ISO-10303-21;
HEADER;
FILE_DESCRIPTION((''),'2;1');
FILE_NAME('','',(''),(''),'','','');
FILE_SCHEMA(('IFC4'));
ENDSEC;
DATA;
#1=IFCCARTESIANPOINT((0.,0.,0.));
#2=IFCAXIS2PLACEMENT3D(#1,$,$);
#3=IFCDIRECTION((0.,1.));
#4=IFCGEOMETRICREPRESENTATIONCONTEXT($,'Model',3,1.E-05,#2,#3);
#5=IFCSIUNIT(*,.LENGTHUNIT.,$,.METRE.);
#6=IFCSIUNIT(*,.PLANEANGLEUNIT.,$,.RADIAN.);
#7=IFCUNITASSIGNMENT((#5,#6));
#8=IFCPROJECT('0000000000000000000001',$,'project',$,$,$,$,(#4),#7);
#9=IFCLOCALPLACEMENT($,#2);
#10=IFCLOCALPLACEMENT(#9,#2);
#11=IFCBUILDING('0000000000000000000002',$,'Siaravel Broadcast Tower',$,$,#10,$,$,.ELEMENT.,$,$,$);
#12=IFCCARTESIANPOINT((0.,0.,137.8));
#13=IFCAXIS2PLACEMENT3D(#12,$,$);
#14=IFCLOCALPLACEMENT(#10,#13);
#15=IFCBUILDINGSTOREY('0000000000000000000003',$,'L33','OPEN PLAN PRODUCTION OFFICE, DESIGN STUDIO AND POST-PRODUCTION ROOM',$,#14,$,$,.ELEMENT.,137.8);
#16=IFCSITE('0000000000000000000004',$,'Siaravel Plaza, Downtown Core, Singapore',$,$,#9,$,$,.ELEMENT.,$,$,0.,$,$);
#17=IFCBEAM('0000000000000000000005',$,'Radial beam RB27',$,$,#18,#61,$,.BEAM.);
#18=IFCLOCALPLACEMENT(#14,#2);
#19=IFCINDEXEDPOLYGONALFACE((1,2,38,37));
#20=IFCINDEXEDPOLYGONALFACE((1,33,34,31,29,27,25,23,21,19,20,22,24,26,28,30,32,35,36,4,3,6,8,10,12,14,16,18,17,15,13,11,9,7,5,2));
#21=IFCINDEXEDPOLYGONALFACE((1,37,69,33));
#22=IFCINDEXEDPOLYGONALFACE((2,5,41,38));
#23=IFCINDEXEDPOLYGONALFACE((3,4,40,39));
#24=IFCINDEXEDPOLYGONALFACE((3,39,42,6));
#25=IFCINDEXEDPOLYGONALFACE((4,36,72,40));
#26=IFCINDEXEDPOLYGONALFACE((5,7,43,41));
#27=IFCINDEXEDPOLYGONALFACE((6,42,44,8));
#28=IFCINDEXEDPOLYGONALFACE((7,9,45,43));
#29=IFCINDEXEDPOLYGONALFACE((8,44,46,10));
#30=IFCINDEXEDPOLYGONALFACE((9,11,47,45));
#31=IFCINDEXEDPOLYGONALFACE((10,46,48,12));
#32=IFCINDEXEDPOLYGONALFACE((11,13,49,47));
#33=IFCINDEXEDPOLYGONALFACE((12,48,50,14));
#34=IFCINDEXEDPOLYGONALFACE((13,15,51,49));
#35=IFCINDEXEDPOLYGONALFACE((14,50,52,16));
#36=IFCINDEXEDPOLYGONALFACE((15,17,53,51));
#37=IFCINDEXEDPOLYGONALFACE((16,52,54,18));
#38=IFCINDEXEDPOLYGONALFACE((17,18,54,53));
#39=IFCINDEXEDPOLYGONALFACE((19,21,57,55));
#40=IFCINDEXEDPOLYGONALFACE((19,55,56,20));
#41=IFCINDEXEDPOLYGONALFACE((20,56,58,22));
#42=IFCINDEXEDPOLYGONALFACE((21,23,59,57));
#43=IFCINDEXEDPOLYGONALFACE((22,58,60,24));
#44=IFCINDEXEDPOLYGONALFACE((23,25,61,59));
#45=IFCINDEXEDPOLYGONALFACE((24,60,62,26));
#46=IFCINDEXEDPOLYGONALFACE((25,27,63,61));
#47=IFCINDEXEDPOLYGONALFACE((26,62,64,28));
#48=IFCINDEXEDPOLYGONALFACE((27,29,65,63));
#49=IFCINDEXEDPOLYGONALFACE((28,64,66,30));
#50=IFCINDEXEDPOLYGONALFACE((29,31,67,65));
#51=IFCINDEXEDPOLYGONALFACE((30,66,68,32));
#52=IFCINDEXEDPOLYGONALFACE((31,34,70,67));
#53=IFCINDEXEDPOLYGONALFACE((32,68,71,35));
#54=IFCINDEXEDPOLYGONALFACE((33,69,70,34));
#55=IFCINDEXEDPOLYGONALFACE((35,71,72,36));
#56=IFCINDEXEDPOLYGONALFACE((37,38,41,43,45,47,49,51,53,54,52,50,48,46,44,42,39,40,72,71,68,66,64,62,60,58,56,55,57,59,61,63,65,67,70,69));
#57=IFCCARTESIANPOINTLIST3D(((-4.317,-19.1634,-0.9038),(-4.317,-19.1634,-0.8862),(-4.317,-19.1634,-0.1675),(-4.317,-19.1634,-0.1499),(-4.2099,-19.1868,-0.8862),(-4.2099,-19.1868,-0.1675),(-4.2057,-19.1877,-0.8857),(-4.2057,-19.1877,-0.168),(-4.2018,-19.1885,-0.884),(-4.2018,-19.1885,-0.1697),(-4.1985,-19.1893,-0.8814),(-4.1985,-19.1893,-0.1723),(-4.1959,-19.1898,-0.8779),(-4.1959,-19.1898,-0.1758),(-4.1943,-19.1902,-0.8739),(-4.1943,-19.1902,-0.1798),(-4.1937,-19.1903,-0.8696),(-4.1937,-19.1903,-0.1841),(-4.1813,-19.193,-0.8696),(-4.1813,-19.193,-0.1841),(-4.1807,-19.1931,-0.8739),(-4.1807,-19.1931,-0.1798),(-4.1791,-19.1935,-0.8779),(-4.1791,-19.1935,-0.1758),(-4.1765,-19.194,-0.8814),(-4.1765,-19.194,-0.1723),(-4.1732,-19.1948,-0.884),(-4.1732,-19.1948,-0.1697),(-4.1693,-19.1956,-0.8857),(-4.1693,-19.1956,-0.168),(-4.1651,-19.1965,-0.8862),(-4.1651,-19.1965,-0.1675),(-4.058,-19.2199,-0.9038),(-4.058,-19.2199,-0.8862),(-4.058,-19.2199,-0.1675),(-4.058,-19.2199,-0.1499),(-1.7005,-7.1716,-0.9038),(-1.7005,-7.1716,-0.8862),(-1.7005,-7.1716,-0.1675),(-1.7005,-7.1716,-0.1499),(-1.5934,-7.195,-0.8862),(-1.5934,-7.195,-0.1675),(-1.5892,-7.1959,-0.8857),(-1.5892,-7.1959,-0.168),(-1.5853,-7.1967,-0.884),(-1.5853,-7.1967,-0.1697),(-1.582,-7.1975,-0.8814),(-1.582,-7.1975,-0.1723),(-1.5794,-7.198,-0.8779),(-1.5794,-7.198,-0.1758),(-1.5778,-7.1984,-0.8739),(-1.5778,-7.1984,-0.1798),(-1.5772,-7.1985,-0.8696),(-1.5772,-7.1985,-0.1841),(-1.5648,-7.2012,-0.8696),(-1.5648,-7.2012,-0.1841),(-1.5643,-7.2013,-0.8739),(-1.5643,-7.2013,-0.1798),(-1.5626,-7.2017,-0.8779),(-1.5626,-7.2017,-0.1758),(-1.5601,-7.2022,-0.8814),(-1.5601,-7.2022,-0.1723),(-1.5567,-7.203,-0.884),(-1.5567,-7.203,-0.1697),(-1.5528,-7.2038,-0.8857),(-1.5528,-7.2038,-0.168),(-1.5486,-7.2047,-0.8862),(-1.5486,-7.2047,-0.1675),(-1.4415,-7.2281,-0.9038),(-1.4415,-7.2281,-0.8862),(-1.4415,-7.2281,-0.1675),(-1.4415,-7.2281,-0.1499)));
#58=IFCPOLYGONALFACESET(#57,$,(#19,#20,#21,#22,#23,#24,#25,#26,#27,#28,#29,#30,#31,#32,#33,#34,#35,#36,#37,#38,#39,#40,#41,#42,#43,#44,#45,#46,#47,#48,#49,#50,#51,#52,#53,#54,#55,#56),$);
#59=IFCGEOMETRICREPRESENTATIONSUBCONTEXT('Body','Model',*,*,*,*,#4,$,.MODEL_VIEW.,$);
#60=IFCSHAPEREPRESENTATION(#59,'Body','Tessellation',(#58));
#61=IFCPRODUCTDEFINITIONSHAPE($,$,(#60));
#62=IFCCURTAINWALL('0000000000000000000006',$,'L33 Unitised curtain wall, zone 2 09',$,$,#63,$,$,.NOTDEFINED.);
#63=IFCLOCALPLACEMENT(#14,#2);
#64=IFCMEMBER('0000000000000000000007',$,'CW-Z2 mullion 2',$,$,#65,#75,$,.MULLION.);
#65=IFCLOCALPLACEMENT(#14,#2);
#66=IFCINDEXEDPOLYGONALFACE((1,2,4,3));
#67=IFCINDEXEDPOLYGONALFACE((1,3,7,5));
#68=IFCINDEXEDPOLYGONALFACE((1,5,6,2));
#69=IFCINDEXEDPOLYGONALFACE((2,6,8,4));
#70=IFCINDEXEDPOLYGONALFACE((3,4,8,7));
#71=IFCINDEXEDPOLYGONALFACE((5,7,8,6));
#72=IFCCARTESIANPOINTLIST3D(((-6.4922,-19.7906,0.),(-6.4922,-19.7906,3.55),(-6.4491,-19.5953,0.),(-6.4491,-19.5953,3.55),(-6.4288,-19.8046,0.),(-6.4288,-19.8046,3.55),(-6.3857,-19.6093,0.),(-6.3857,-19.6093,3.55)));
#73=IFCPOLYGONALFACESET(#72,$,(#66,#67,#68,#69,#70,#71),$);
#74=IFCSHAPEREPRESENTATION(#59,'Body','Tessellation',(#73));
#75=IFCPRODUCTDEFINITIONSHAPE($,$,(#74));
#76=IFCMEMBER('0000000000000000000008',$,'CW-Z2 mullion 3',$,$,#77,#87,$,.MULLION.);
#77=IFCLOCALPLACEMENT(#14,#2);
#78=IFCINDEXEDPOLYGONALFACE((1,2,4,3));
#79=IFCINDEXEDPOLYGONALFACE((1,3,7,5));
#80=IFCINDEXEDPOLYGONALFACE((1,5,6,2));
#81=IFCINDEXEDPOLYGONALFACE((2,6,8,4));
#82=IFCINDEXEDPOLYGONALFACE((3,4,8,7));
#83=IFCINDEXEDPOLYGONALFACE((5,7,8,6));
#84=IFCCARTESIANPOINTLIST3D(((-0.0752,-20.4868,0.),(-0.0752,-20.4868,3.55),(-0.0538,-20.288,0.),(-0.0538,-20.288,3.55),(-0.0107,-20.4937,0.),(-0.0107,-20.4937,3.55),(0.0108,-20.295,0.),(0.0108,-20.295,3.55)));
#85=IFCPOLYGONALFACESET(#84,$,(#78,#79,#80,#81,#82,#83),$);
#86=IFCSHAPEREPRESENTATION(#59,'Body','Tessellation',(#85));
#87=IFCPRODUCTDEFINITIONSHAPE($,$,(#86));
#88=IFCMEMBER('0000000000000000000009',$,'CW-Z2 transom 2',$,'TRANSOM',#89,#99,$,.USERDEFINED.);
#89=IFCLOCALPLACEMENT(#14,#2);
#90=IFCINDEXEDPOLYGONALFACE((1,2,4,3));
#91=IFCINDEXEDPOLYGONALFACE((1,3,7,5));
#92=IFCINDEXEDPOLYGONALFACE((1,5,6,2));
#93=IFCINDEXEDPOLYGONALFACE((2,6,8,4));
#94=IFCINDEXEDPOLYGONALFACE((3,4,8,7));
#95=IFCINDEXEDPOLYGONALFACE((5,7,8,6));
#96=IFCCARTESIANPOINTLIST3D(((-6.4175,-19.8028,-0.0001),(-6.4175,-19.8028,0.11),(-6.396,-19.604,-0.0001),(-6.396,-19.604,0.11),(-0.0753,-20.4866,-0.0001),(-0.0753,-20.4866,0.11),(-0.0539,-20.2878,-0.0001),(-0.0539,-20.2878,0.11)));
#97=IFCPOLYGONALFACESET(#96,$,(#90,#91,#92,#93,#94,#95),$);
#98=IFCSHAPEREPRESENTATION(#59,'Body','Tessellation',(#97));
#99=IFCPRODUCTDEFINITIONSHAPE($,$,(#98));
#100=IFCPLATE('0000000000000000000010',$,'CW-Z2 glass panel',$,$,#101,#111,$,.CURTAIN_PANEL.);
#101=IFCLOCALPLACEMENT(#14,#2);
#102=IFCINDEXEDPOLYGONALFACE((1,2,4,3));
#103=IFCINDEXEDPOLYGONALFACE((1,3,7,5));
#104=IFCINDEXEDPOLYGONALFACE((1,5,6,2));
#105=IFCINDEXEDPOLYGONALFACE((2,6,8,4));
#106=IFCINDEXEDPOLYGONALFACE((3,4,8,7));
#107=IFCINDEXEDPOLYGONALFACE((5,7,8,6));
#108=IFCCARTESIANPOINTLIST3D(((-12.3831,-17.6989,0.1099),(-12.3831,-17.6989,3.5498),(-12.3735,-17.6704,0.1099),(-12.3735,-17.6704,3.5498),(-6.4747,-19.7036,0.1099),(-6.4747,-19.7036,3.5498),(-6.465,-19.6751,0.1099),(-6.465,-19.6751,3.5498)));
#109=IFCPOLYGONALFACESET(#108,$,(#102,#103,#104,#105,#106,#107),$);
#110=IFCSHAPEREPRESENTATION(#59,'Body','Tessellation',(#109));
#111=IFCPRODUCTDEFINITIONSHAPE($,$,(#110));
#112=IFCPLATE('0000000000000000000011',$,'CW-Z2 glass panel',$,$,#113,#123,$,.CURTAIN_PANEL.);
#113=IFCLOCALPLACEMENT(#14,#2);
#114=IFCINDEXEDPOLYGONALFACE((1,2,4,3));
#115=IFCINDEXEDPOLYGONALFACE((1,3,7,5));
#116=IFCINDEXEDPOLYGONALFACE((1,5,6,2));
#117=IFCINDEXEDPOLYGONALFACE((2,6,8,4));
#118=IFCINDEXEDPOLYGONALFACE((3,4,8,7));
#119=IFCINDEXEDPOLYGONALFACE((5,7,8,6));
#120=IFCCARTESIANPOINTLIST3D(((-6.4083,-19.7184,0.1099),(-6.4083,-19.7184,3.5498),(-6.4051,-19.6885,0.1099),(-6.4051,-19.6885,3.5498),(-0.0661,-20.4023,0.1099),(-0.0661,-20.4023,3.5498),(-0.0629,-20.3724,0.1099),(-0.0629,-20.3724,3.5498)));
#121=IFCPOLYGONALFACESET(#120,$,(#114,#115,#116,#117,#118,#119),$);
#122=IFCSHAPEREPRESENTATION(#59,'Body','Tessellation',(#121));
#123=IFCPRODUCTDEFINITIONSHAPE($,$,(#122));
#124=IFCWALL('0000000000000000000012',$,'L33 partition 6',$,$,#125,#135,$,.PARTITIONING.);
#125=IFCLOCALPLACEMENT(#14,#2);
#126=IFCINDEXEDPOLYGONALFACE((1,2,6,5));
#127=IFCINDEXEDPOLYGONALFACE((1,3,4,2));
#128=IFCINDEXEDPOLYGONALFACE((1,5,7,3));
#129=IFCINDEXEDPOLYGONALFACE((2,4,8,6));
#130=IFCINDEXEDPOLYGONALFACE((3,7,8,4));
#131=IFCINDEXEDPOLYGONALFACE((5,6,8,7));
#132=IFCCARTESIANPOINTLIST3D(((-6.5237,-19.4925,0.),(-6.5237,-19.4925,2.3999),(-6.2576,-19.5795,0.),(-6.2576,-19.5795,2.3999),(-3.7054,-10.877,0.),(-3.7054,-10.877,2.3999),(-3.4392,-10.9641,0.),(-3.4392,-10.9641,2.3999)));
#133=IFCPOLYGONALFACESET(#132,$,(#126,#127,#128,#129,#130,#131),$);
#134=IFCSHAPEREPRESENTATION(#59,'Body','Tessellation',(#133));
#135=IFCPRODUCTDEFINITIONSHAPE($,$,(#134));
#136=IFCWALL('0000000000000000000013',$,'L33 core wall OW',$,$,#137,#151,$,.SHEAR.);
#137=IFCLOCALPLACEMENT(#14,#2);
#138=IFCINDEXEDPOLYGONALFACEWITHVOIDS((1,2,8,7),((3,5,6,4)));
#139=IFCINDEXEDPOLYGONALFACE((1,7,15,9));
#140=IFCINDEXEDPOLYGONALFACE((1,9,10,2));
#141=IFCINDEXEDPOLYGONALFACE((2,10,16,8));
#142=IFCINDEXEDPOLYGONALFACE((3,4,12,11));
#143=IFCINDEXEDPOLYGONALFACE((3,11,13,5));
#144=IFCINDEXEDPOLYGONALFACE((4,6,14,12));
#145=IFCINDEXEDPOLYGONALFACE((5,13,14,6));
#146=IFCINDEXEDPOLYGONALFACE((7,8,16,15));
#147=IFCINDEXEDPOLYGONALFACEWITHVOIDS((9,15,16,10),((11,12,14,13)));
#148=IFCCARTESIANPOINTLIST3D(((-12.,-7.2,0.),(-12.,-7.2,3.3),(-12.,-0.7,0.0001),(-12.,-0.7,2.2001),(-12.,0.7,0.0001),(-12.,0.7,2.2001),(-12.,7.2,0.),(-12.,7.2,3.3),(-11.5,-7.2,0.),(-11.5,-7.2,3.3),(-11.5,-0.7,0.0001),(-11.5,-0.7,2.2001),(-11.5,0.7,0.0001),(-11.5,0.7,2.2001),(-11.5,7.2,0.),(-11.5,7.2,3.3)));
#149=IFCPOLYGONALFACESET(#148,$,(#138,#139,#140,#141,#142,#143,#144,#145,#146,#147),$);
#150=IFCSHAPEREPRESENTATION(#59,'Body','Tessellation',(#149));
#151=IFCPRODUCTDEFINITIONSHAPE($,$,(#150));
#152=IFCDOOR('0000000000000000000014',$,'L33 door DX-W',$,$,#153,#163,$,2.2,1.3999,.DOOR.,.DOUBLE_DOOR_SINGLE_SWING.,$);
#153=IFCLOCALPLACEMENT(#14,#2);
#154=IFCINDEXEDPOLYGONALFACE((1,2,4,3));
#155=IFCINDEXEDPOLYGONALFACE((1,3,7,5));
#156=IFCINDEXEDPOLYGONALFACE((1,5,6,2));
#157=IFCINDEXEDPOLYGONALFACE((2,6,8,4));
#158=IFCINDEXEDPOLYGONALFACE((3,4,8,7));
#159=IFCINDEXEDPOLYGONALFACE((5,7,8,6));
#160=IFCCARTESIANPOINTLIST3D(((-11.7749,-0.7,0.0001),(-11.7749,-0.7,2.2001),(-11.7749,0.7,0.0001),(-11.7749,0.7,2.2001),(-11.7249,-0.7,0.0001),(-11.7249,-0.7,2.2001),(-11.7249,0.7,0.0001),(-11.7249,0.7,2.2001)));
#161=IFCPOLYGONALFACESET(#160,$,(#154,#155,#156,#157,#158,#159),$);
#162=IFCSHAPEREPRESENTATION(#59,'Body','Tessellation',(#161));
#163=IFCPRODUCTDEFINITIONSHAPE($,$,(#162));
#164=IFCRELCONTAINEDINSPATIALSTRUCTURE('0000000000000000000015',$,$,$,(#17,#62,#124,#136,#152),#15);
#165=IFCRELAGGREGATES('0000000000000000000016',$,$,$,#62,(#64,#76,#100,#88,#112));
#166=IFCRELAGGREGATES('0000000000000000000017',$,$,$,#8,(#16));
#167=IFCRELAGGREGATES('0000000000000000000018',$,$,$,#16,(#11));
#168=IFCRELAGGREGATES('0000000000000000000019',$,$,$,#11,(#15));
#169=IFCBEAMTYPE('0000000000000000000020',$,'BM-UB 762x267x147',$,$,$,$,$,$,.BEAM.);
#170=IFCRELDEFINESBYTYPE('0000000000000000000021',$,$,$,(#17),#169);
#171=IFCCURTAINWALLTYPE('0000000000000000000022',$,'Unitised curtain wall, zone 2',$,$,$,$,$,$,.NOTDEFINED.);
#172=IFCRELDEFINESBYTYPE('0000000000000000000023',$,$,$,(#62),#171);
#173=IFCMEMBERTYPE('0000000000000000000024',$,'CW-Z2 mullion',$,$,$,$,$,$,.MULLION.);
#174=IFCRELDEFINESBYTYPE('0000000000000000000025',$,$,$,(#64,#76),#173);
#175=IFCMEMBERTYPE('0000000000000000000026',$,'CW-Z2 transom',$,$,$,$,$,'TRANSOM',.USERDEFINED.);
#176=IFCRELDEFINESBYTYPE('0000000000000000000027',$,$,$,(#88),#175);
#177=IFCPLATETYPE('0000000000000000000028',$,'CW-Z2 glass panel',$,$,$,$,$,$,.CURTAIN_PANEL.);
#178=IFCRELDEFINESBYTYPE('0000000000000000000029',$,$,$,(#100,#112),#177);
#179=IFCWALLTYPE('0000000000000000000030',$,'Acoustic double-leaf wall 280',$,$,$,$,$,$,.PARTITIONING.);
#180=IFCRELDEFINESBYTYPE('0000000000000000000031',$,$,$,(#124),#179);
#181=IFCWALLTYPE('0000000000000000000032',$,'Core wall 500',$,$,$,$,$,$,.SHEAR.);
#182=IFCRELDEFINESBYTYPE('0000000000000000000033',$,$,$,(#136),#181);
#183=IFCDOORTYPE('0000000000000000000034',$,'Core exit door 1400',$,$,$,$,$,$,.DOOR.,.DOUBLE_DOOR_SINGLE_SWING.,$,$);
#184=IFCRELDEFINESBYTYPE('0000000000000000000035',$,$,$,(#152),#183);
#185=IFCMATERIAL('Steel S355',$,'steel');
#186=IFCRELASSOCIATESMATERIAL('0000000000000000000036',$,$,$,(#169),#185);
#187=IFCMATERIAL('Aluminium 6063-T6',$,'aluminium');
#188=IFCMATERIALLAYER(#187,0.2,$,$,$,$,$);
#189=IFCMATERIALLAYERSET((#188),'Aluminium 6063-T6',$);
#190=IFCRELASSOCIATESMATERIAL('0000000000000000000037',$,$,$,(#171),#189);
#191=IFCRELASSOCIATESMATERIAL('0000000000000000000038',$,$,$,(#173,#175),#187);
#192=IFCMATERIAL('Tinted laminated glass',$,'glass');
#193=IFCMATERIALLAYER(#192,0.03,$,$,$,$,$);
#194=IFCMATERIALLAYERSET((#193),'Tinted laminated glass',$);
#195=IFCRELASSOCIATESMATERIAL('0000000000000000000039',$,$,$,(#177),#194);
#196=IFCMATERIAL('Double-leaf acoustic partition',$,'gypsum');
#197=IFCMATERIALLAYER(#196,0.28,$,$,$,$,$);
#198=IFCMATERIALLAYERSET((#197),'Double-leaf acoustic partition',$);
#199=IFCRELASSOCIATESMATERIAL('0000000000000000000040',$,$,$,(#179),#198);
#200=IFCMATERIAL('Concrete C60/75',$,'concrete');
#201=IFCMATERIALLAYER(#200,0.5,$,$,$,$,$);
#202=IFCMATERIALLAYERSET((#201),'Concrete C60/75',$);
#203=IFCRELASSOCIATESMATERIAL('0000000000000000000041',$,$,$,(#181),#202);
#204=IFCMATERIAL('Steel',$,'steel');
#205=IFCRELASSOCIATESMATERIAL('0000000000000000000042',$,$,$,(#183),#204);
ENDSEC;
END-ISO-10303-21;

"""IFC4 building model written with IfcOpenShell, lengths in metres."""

from ifc_helpers import new_model, si_unit, direction, frame, frame_2d, origin, origin_2d, place, context, subcontext, project, spatial, rectangle, i_section, extrude, material, layer, layer_set, material_profile, profile_set, type_object, element, fill, aggregate, save


model = new_model("IFC4")

# Units and contexts
model_context = context("Model", 3, precision=1e-05, world=origin(), true_north=direction((0.0, 1.0)))
body_context = subcontext(model_context, "Body", "Model", "MODEL_VIEW")
ifc_project = project(units=[si_unit("LENGTHUNIT", "METRE"), si_unit("PLANEANGLEUNIT", "RADIAN")], contexts=[model_context])

# Site, building, storey
site_placement = place(None, origin())
site = spatial("IfcSite", under=ifc_project, at=site_placement, Name="Siaravel Plaza, Downtown Core, Singapore", CompositionType="ELEMENT", RefElevation=0.0)
building_placement = place(site_placement, origin())
building = spatial("IfcBuilding", under=site, at=building_placement, Name="Siaravel Broadcast Tower", CompositionType="ELEMENT")
storey_placement = place(building_placement, frame((0.0, 0.0, 137.8)))
storey = spatial("IfcBuildingStorey", under=building, at=storey_placement, Name="L33", Description="OPEN PLAN PRODUCTION OFFICE, DESIGN STUDIO AND POST-PRODUCTION ROOM", CompositionType="ELEMENT", Elevation=137.8)

# Shared definitions
ifc_material_1 = material(Name="Concrete C60/75", Category="concrete")

# Beam
ifc_material_2 = material(Name="Steel S355", Category="steel")
ifc_material_profile_1 = material_profile(ifc_material_2, i_section(OverallWidth=0.2651, OverallDepth=0.7539, WebThickness=0.0127, FlangeThickness=0.0176, FilletRadius=0.0166, at=origin_2d()))
ifc_profile_set_1 = profile_set([ifc_material_profile_1], Name="Steel S355")
beam_type = type_object("IfcBeamType", Name="BM-UB 762x267x147", PredefinedType="BEAM", material=ifc_profile_set_1)
beam_1_placement = place(storey_placement, frame((-4.1875, -19.1917, -0.5269), z_axis=(0.213174, 0.977014, 0.0), x_axis=(-0.977014, 0.213174, 0.0)))
element("IfcBeam", 1, at=beam_1_placement, inside=storey, type_object=beam_type, Name="Radial beam RB27", PredefinedType="BEAM", context=body_context, shape_type="SweptSolid", body=[
    extrude(i_section(OverallWidth=0.2651, OverallDepth=0.7539, WebThickness=0.0127, FlangeThickness=0.0176, FilletRadius=0.0166, at=origin_2d()), origin(), (0.0, 0.0, 1.0), 12.2739),
])

# Curtain wall, members, plates
ifc_material_3 = material(Name="Aluminium 6063-T6", Category="aluminium")
ifc_layer_1 = layer(ifc_material_3, 0.2)
ifc_layer_set_1 = layer_set([ifc_layer_1], Name="Aluminium 6063-T6")
curtain_wall_type = type_object("IfcCurtainWallType", Name="Unitised curtain wall, zone 2", PredefinedType="NOTDEFINED", material=ifc_layer_set_1)
curtain_wall_placement = place(storey_placement, origin())
curtain_wall = element("IfcCurtainWall", 2, at=curtain_wall_placement, inside=storey, type_object=curtain_wall_type, Name="L33 Unitised curtain wall, zone 2 09", PredefinedType="NOTDEFINED")
ifc_material_profile_2 = material_profile(ifc_material_3, rectangle(XDim=0.2, YDim=0.0649, at=origin_2d()))
ifc_profile_set_2 = profile_set([ifc_material_profile_2], Name="Aluminium 6063-T6")
member_type_1 = type_object("IfcMemberType", Name="CW-Z2 mullion", PredefinedType="MULLION", material=ifc_profile_set_2)
member_1_placement = place(storey_placement, frame((-6.439, -19.7, 0.0), z_axis=(0.0, 0.0, 1.0), x_axis=(0.215559, 0.976491, 0.0)))
member_1 = element("IfcMember", 3, at=member_1_placement, type_object=member_type_1, Name="CW-Z2 mullion 2", PredefinedType="MULLION", context=body_context, shape_type="SweptSolid", body=[
    extrude(rectangle(XDim=0.2, YDim=0.0649, at=origin_2d()), origin(), (0.0, 0.0, 1.0), 3.55),
])
member_2_placement = place(storey_placement, frame((-0.0322, -20.3909, 0.0), z_axis=(0.0, 0.0, 1.0), x_axis=(0.107218, 0.994236, 0.0)))
member_2 = element("IfcMember", 4, at=member_2_placement, type_object=member_type_1, Name="CW-Z2 mullion 3", PredefinedType="MULLION", context=body_context, shape_type="SweptSolid", body=[
    extrude(rectangle(XDim=0.2, YDim=0.0649, at=origin_2d()), origin(), (0.0, 0.0, 1.0), 3.55),
])
ifc_material_profile_3 = material_profile(ifc_material_3, rectangle(XDim=0.2, YDim=0.1101, at=origin_2d()))
ifc_profile_set_3 = profile_set([ifc_material_profile_3], Name="Aluminium 6063-T6")
member_type_2 = type_object("IfcMemberType", Name="CW-Z2 transom", ElementType="TRANSOM", PredefinedType="USERDEFINED", material=ifc_profile_set_3)
member_3_placement = place(storey_placement, frame((-6.4067, -19.7034, 0.0549), z_axis=(0.994237, -0.107205, 0.0), x_axis=(0.107205, 0.994237, 0.0)))
member_3 = element("IfcMember", 5, at=member_3_placement, type_object=member_type_2, Name="CW-Z2 transom 2", ObjectType="TRANSOM", PredefinedType="USERDEFINED", context=body_context, shape_type="SweptSolid", body=[
    extrude(rectangle(XDim=0.2, YDim=0.1101, at=origin_2d()), origin(), (0.0, 0.0, 1.0), 6.3789),
])
ifc_material_4 = material(Name="Tinted laminated glass", Category="glass")
ifc_layer_2 = layer(ifc_material_4, 0.03)
ifc_layer_set_2 = layer_set([ifc_layer_2], Name="Tinted laminated glass")
plate_type = type_object("IfcPlateType", Name="CW-Z2 glass panel", PredefinedType="CURTAIN_PANEL", material=ifc_layer_set_2)
plate_1_placement = place(storey_placement, frame((-9.4241, -18.687, 0.1099), z_axis=(0.0, 0.0, 1.0), x_axis=(0.946977, -0.321302, 0.0)))
plate_1 = element("IfcPlate", 6, at=plate_1_placement, type_object=plate_type, Name="CW-Z2 glass panel", PredefinedType="CURTAIN_PANEL", context=body_context, shape_type="SweptSolid", body=[
    extrude(rectangle(XDim=6.2393, YDim=0.03, at=origin_2d()), origin(), (0.0, 0.0, 1.0), 3.4399),
])
plate_2_placement = place(storey_placement, frame((-3.2356, -20.0454, 0.1099), z_axis=(0.0, 0.0, 1.0), x_axis=(0.994236, -0.107218, 0.0)))
plate_2 = element("IfcPlate", 7, at=plate_2_placement, type_object=plate_type, Name="CW-Z2 glass panel", PredefinedType="CURTAIN_PANEL", context=body_context, shape_type="SweptSolid", body=[
    extrude(rectangle(XDim=6.3789, YDim=0.03, at=origin_2d()), origin(), (0.0, 0.0, 1.0), 3.4399),
])
aggregate(curtain_wall, [member_1, member_2, plate_1, member_3, plate_2])

# Wall
ifc_material_5 = material(Name="Double-leaf acoustic partition", Category="gypsum")
ifc_layer_3 = layer(ifc_material_5, 0.28)
ifc_layer_set_3 = layer_set([ifc_layer_3], Name="Double-leaf acoustic partition")
wall_type_1 = type_object("IfcWallType", Name="Acoustic double-leaf wall 280", PredefinedType="PARTITIONING", material=ifc_layer_set_3)
wall_1_placement = place(storey_placement, frame((-6.3906, -19.5359, 0.0), z_axis=(0.0, 0.0, 1.0), x_axis=(0.310914, 0.950438, 0.0)))
element("IfcWall", 8, at=wall_1_placement, inside=storey, type_object=wall_type_1, Name="L33 partition 6", PredefinedType="PARTITIONING", context=body_context, shape_type="SweptSolid", body=[
    extrude(rectangle(XDim=9.0647, YDim=0.28, at=frame_2d((4.5322, 0.0))), origin(), (0.0, 0.0, 1.0), 2.3999),
])

# Wall, opening, door
ifc_layer_4 = layer(ifc_material_1, 0.5)
ifc_layer_set_4 = layer_set([ifc_layer_4], Name="Concrete C60/75")
wall_type_2 = type_object("IfcWallType", Name="Core wall 500", PredefinedType="SHEAR", material=ifc_layer_set_4)
wall_2_placement = place(storey_placement, frame((-11.75, -7.2, 0.0), z_axis=(0.0, 0.0, 1.0), x_axis=(0.0, 1.0, 0.0)))
wall_2 = element("IfcWall", 9, at=wall_2_placement, inside=storey, type_object=wall_type_2, Name="L33 core wall OW", PredefinedType="SHEAR", context=body_context, shape_type="SweptSolid", body=[
    extrude(rectangle(XDim=14.3999, YDim=0.5, at=frame_2d((7.2, 0.0))), origin(), (0.0, 0.0, 1.0), 3.3),
])
opening_1_placement = place(wall_2_placement, frame((6.5, 0.0, 0.0)))
opening_1 = element("IfcOpeningElement", 10, at=opening_1_placement, cuts=wall_2, PredefinedType="OPENING", context=body_context, shape_type="SweptSolid", body=[
    extrude(rectangle(XDim=1.3999, YDim=2.2, at=frame_2d((0.7, 1.1001))), frame((0.0, 0.26, 0.0), z_axis=(0.0, -1.0, 0.0), x_axis=(1.0, 0.0, 0.0)), (0.0, 0.0, 1.0), 0.52),
])
ifc_material_6 = material(Name="Steel", Category="steel")
door_type_1 = type_object("IfcDoorType", Name="Core exit door 1400", OperationType="DOUBLE_DOOR_SINGLE_SWING", PredefinedType="DOOR", material=ifc_material_6)
door_1_placement = place(opening_1_placement, origin())
door_1 = element("IfcDoor", 11, at=door_1_placement, inside=storey, type_object=door_type_1, Name="L33 door DX-W", OperationType="DOUBLE_DOOR_SINGLE_SWING", OverallHeight=2.2, OverallWidth=1.3999, PredefinedType="DOOR", context=body_context, shape_type="SweptSolid", body=[
    extrude(rectangle(XDim=1.3999, YDim=2.2, at=frame_2d((0.7, 1.1001))), frame((0.0, 0.0249, 0.0), z_axis=(0.0, -1.0, 0.0), x_axis=(1.0, 0.0, 0.0)), (0.0, 0.0, 1.0), 0.05),
])
fill(opening_1, door_1)

save(model, "model.ifc")
